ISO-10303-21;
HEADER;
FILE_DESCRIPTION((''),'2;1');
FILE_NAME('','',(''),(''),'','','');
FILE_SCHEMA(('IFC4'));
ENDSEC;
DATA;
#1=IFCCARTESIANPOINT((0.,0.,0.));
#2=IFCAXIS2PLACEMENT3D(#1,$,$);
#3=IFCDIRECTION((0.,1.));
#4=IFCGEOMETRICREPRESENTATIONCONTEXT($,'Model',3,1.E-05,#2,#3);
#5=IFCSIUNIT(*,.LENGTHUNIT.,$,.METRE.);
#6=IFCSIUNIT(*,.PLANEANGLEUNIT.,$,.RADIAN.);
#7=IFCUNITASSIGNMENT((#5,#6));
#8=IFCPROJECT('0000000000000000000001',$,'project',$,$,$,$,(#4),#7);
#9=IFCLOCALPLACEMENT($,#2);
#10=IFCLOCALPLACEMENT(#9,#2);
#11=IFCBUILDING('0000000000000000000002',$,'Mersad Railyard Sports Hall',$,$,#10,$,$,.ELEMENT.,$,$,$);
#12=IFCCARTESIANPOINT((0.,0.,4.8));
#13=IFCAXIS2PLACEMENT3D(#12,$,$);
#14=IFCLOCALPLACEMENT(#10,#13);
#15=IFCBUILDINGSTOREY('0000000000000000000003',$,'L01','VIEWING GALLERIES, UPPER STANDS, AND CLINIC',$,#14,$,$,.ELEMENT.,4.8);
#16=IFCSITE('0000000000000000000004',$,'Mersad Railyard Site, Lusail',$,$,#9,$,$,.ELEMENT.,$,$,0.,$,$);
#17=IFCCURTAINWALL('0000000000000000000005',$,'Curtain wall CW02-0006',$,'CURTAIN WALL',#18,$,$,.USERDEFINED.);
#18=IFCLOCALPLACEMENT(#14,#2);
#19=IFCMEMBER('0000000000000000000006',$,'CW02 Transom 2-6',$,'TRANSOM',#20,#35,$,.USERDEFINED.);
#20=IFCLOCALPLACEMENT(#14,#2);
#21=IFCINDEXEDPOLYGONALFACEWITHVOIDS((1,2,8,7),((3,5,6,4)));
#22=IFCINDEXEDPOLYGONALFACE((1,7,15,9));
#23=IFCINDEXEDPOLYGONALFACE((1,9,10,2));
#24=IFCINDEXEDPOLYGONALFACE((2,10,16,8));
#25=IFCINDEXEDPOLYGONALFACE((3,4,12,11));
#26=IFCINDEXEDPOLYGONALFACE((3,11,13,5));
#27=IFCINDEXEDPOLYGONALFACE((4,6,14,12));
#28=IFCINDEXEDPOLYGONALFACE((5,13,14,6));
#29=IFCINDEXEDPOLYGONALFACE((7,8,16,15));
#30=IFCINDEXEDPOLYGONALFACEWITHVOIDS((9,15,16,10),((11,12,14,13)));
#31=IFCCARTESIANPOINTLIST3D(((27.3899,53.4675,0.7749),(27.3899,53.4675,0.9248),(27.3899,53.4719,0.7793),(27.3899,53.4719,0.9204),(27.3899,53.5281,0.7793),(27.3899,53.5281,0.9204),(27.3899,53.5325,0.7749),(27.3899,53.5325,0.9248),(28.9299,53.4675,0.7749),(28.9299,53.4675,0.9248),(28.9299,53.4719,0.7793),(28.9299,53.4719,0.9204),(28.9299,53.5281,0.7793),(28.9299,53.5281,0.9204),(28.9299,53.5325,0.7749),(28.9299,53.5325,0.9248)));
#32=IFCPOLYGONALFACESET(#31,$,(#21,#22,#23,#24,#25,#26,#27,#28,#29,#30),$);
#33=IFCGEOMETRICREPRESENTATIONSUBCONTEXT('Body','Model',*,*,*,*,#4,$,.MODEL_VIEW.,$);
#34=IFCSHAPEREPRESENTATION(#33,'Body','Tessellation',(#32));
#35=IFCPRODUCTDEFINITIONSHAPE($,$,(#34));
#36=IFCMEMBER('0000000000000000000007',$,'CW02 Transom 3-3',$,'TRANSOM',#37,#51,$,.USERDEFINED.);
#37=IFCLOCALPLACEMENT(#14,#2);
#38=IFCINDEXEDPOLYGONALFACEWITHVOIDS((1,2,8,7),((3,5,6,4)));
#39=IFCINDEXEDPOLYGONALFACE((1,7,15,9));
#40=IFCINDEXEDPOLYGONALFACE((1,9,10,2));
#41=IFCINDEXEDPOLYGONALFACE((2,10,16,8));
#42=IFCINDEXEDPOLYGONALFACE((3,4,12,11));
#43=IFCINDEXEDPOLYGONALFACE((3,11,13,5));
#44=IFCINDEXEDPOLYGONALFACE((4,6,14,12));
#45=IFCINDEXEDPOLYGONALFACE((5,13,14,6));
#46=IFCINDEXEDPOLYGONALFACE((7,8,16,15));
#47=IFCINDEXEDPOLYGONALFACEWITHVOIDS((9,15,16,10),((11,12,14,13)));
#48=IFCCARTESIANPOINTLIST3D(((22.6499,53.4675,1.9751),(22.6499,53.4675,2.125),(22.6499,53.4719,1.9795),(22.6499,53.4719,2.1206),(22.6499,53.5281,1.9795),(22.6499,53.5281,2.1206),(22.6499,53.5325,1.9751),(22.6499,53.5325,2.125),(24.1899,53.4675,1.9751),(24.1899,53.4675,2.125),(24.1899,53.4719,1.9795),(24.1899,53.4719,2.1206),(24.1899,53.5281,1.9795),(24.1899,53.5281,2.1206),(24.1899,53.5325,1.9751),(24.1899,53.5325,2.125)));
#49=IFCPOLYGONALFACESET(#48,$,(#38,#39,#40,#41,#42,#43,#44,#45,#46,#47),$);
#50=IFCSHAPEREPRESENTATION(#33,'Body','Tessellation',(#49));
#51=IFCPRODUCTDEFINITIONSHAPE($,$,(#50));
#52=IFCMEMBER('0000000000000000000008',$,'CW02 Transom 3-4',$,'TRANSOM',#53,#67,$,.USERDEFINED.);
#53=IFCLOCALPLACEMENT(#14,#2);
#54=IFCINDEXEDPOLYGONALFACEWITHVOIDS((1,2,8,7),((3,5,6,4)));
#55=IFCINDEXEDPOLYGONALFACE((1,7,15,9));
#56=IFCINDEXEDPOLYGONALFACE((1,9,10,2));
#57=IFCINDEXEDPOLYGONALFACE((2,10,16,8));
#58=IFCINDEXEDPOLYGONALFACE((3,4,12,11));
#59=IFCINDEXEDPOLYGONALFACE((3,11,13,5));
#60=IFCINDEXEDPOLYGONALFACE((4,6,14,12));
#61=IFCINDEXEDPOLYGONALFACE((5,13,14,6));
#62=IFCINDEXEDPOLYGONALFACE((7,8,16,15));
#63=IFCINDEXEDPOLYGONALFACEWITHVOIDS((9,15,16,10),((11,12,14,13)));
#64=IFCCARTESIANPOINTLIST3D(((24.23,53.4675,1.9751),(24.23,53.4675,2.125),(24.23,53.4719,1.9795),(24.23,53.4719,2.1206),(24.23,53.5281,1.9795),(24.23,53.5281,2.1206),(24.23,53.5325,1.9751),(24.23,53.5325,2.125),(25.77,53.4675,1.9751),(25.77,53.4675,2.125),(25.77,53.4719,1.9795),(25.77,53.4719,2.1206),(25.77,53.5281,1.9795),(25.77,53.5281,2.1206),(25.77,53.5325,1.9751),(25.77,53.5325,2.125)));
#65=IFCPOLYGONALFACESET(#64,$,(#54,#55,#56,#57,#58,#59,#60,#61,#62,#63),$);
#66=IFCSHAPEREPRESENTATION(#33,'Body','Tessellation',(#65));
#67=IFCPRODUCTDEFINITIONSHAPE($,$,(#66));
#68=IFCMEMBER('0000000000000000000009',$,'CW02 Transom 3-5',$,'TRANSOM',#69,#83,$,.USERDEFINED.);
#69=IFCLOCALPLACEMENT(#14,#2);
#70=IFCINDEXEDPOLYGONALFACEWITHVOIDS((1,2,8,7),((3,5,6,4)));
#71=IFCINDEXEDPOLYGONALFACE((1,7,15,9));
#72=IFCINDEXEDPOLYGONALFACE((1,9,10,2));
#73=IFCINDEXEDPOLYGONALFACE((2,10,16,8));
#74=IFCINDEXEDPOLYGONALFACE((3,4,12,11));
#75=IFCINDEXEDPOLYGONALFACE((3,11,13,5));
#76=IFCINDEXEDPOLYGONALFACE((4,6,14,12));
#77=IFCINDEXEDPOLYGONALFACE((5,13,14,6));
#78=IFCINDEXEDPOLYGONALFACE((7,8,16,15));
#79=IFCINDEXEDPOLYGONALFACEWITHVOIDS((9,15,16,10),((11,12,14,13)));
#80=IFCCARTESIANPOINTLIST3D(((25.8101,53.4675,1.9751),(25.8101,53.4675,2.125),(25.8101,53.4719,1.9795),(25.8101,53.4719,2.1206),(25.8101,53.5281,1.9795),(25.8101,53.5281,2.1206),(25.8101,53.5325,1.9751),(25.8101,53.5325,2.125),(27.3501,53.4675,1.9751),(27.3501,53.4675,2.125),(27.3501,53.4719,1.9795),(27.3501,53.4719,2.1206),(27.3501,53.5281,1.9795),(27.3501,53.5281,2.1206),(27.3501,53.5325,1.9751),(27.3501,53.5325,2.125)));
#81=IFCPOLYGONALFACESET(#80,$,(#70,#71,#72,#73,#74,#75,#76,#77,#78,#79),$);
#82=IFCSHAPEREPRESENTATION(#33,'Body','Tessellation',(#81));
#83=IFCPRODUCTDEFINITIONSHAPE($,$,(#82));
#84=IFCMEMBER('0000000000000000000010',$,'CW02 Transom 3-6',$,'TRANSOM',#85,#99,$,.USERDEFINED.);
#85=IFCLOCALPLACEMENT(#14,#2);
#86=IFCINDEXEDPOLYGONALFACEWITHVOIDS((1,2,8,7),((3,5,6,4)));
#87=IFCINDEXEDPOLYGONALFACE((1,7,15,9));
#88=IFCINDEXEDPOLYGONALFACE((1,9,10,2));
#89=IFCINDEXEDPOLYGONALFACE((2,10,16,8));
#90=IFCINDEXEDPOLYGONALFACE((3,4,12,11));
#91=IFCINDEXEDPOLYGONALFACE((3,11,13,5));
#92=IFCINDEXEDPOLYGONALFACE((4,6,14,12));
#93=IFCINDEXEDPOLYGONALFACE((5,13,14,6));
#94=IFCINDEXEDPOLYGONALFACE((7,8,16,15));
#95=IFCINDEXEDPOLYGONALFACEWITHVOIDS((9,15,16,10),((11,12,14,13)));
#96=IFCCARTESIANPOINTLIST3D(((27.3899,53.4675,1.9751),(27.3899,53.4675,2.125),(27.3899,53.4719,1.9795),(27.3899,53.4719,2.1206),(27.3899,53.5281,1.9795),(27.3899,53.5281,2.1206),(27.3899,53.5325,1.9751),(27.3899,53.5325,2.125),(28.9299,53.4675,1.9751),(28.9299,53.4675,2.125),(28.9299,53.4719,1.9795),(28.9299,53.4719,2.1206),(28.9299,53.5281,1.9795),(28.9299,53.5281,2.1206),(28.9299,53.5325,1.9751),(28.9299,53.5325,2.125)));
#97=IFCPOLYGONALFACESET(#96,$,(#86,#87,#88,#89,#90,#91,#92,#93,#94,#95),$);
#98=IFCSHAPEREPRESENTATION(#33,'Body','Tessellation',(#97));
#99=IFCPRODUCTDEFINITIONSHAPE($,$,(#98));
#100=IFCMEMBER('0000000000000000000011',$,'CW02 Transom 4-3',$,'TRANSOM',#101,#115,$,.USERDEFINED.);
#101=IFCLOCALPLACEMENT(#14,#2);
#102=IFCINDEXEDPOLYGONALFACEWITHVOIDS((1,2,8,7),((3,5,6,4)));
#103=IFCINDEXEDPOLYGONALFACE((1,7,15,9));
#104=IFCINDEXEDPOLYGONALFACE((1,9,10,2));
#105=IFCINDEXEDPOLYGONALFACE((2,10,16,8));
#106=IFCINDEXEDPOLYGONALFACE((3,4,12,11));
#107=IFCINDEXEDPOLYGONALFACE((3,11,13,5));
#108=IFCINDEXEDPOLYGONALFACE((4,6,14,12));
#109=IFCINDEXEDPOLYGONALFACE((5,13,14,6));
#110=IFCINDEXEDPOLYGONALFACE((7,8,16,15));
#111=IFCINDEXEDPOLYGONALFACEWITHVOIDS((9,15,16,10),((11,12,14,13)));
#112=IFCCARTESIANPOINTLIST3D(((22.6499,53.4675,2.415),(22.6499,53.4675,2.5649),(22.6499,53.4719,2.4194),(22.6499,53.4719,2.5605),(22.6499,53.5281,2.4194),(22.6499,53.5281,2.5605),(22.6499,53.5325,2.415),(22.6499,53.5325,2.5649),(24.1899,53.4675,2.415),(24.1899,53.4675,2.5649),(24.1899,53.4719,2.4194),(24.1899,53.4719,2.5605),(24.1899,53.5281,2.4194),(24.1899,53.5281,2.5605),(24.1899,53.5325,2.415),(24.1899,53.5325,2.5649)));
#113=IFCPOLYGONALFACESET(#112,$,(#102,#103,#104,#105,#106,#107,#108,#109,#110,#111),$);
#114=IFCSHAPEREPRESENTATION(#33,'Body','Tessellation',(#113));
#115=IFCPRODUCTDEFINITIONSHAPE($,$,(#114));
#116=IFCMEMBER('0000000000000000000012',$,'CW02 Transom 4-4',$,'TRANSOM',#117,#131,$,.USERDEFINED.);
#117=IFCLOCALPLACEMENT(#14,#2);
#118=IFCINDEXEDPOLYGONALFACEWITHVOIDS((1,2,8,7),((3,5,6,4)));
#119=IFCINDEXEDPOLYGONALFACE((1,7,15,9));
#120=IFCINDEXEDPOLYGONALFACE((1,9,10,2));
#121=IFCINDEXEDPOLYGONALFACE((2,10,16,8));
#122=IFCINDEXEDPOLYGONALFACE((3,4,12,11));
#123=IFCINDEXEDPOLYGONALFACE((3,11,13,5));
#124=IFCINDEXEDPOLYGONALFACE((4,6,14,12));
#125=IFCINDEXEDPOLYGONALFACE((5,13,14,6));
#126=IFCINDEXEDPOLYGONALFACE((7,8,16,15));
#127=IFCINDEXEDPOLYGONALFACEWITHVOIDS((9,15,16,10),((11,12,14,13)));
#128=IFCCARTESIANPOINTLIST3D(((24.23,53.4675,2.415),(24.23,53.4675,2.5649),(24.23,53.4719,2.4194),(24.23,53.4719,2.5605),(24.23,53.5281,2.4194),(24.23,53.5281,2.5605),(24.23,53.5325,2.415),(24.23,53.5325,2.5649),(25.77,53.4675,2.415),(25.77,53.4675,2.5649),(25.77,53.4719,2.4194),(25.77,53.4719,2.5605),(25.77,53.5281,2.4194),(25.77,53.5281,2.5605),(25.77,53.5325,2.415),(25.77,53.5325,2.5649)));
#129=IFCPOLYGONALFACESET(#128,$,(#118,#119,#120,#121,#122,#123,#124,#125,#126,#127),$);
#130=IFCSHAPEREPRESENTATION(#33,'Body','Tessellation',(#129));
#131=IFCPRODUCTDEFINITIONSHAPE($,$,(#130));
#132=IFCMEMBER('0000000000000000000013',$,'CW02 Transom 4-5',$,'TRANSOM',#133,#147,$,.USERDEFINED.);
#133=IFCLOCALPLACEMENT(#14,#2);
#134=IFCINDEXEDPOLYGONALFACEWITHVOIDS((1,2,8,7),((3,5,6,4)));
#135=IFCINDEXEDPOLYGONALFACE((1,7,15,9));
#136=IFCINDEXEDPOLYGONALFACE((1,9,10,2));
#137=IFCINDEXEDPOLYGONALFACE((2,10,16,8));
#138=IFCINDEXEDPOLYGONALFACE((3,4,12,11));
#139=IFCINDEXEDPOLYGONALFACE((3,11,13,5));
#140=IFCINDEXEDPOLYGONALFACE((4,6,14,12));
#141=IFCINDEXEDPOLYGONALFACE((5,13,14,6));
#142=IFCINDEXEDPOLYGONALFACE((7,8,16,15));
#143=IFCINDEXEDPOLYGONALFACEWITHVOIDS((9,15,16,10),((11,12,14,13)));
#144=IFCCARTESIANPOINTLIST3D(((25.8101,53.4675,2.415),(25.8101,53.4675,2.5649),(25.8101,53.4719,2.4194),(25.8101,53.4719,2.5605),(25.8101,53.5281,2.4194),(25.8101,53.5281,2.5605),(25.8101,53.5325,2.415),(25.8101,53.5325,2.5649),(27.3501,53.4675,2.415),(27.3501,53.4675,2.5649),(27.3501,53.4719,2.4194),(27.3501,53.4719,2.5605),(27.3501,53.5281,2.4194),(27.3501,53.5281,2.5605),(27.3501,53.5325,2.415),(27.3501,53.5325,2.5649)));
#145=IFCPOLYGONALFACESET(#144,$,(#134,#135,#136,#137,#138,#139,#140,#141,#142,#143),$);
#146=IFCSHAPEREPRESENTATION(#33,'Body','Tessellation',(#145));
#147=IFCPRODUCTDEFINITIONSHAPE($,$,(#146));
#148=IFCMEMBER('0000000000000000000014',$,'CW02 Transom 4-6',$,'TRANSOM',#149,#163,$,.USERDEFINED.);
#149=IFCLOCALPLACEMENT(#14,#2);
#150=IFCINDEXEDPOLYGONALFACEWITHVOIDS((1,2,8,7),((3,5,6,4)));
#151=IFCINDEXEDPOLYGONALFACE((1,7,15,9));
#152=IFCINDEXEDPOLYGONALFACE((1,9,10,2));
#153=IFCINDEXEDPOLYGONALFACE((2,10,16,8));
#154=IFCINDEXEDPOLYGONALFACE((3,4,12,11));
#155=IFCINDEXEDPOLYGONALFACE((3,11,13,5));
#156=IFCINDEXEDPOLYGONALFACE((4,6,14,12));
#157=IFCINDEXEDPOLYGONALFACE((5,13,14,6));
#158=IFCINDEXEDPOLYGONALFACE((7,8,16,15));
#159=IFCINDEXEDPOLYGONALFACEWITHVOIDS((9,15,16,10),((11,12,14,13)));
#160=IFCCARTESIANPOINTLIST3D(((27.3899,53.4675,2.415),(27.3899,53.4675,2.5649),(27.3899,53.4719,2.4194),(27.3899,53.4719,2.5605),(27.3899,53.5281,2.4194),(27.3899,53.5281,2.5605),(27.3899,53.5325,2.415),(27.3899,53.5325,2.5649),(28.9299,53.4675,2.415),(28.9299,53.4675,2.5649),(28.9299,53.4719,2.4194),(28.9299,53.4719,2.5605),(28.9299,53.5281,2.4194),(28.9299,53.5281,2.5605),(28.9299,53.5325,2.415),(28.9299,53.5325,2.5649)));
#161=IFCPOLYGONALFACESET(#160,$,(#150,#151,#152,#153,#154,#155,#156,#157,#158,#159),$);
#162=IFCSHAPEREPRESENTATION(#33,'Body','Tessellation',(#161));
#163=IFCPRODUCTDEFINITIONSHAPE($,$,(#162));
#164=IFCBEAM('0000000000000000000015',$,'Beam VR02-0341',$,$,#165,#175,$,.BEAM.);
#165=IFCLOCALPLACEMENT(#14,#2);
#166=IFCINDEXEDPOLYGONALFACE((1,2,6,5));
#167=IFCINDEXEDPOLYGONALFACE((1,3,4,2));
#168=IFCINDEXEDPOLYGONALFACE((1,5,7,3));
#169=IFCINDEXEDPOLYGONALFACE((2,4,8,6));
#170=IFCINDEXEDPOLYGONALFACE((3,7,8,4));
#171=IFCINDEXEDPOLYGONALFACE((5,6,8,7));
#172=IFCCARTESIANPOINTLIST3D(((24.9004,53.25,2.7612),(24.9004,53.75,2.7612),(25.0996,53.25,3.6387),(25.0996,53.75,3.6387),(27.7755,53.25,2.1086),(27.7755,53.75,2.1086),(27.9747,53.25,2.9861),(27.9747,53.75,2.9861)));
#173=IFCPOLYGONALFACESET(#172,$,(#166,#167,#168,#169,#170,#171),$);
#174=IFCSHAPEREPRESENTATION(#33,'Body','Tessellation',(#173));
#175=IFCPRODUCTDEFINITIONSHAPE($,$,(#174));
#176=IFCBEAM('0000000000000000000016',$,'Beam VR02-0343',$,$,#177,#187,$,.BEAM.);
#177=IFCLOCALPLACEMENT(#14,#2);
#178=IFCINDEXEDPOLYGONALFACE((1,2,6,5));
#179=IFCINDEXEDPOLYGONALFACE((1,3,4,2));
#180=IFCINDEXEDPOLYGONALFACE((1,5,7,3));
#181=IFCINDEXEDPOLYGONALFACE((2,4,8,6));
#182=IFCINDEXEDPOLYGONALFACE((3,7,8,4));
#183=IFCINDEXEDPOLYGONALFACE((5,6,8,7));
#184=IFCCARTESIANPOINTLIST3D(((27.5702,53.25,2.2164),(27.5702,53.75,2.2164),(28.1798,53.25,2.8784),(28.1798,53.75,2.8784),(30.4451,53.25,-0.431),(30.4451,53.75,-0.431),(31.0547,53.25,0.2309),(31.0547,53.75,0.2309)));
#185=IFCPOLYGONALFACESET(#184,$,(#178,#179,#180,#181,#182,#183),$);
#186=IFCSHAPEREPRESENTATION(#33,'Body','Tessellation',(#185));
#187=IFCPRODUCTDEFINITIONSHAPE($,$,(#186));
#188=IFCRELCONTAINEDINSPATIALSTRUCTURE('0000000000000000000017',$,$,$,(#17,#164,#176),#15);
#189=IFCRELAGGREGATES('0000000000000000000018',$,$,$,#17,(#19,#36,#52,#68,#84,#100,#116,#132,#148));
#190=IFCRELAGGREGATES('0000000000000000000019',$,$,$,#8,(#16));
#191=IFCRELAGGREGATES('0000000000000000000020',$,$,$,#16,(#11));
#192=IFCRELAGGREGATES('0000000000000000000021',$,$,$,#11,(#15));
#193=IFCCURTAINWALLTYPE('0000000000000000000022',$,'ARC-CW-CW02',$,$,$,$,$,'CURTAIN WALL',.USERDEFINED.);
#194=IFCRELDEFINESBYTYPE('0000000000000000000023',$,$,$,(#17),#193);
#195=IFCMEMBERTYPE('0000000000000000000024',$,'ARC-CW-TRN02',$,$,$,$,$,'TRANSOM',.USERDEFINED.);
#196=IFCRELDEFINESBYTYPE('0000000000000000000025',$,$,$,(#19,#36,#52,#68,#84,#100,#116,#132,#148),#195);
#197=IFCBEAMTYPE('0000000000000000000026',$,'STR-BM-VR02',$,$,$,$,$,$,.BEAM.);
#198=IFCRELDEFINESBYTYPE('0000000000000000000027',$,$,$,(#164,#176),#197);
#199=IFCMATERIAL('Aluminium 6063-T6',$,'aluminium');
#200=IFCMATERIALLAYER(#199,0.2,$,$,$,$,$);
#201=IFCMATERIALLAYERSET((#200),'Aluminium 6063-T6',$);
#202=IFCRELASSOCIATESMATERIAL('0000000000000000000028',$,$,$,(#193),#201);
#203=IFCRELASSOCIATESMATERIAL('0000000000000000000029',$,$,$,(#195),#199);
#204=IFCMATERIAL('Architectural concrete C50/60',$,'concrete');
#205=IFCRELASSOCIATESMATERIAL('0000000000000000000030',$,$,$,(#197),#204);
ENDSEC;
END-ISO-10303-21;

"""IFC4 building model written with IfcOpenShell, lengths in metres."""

from ifc_helpers import new_model, si_unit, direction, frame, origin, origin_2d, place, context, subcontext, project, spatial, rectangle, hollow_rectangle, extrude, material, layer, layer_set, material_profile, profile_set, type_object, element, aggregate, save


model = new_model("IFC4")

# Units and contexts
model_context = context("Model", 3, precision=1e-05, world=origin(), true_north=direction((0.0, 1.0)))
body_context = subcontext(model_context, "Body", "Model", "MODEL_VIEW")
ifc_project = project(units=[si_unit("LENGTHUNIT", "METRE"), si_unit("PLANEANGLEUNIT", "RADIAN")], contexts=[model_context])

# Site, building, storey
site_placement = place(None, origin())
site = spatial("IfcSite", under=ifc_project, at=site_placement, Name="Mersad Railyard Site, Lusail", CompositionType="ELEMENT", RefElevation=0.0)
building_placement = place(site_placement, origin())
building = spatial("IfcBuilding", under=site, at=building_placement, Name="Mersad Railyard Sports Hall", CompositionType="ELEMENT")
storey_placement = place(building_placement, frame((0.0, 0.0, 4.8)))
storey = spatial("IfcBuildingStorey", under=building, at=storey_placement, Name="L01", Description="VIEWING GALLERIES, UPPER STANDS, AND CLINIC", CompositionType="ELEMENT", Elevation=4.8)

# Curtain wall, members
ifc_material_1 = material(Name="Aluminium 6063-T6", Category="aluminium")
ifc_layer_1 = layer(ifc_material_1, 0.2)
ifc_layer_set_1 = layer_set([ifc_layer_1], Name="Aluminium 6063-T6")
curtain_wall_type = type_object("IfcCurtainWallType", Name="ARC-CW-CW02", ElementType="CURTAIN WALL", PredefinedType="USERDEFINED", material=ifc_layer_set_1)
curtain_wall_placement = place(storey_placement, origin())
curtain_wall = element("IfcCurtainWall", 1, at=curtain_wall_placement, inside=storey, type_object=curtain_wall_type, Name="Curtain wall CW02-0006", ObjectType="CURTAIN WALL", PredefinedType="USERDEFINED")
ifc_material_profile_1 = material_profile(ifc_material_1, hollow_rectangle(XDim=0.0649, YDim=0.1499, WallThickness=0.0044, at=origin_2d()), Name="AL TRANSOM 65x150x4.5")
ifc_profile_set_1 = profile_set([ifc_material_profile_1], Name="Aluminium 6063-T6")
member_type_1 = type_object("IfcMemberType", Name="ARC-CW-TRN02", ElementType="TRANSOM", PredefinedType="USERDEFINED", material=ifc_profile_set_1)
member_1_placement = place(storey_placement, frame((27.3899, 53.5, 0.8499), z_axis=(1.0, 0.0, 0.0), x_axis=(0.0, 1.0, 0.0)))
member_1 = element("IfcMember", 2, at=member_1_placement, type_object=member_type_1, Name="CW02 Transom 2-6", ObjectType="TRANSOM", PredefinedType="USERDEFINED", context=body_context, shape_type="SweptSolid", body=[
    extrude(hollow_rectangle(XDim=0.0649, YDim=0.1499, WallThickness=0.0044, at=origin_2d()), origin(), (0.0, 0.0, 1.0), 1.54),
])
member_2_placement = place(storey_placement, frame((22.6499, 53.5, 2.05), z_axis=(1.0, 0.0, 0.0), x_axis=(0.0, 1.0, 0.0)))
member_2 = element("IfcMember", 3, at=member_2_placement, type_object=member_type_1, Name="CW02 Transom 3-3", ObjectType="TRANSOM", PredefinedType="USERDEFINED", context=body_context, shape_type="SweptSolid", body=[
    extrude(hollow_rectangle(XDim=0.0649, YDim=0.1499, WallThickness=0.0044, at=origin_2d()), origin(), (0.0, 0.0, 1.0), 1.54),
])
member_3_placement = place(storey_placement, frame((24.23, 53.5, 2.05), z_axis=(1.0, 0.0, 0.0), x_axis=(0.0, 1.0, 0.0)))
member_3 = element("IfcMember", 4, at=member_3_placement, type_object=member_type_1, Name="CW02 Transom 3-4", ObjectType="TRANSOM", PredefinedType="USERDEFINED", context=body_context, shape_type="SweptSolid", body=[
    extrude(hollow_rectangle(XDim=0.0649, YDim=0.1499, WallThickness=0.0044, at=origin_2d()), origin(), (0.0, 0.0, 1.0), 1.54),
])
member_4_placement = place(storey_placement, frame((25.8101, 53.5, 2.05), z_axis=(1.0, 0.0, 0.0), x_axis=(0.0, 1.0, 0.0)))
member_4 = element("IfcMember", 5, at=member_4_placement, type_object=member_type_1, Name="CW02 Transom 3-5", ObjectType="TRANSOM", PredefinedType="USERDEFINED", context=body_context, shape_type="SweptSolid", body=[
    extrude(hollow_rectangle(XDim=0.0649, YDim=0.1499, WallThickness=0.0044, at=origin_2d()), origin(), (0.0, 0.0, 1.0), 1.54),
])
member_5_placement = place(storey_placement, frame((27.3899, 53.5, 2.05), z_axis=(1.0, 0.0, 0.0), x_axis=(0.0, 1.0, 0.0)))
member_5 = element("IfcMember", 6, at=member_5_placement, type_object=member_type_1, Name="CW02 Transom 3-6", ObjectType="TRANSOM", PredefinedType="USERDEFINED", context=body_context, shape_type="SweptSolid", body=[
    extrude(hollow_rectangle(XDim=0.0649, YDim=0.1499, WallThickness=0.0044, at=origin_2d()), origin(), (0.0, 0.0, 1.0), 1.54),
])
member_6_placement = place(storey_placement, frame((22.6499, 53.5, 2.49), z_axis=(1.0, 0.0, 0.0), x_axis=(0.0, 1.0, 0.0)))
member_6 = element("IfcMember", 7, at=member_6_placement, type_object=member_type_1, Name="CW02 Transom 4-3", ObjectType="TRANSOM", PredefinedType="USERDEFINED", context=body_context, shape_type="SweptSolid", body=[
    extrude(hollow_rectangle(XDim=0.0649, YDim=0.1499, WallThickness=0.0044, at=origin_2d()), origin(), (0.0, 0.0, 1.0), 1.54),
])
member_7_placement = place(storey_placement, frame((24.23, 53.5, 2.49), z_axis=(1.0, 0.0, 0.0), x_axis=(0.0, 1.0, 0.0)))
member_7 = element("IfcMember", 8, at=member_7_placement, type_object=member_type_1, Name="CW02 Transom 4-4", ObjectType="TRANSOM", PredefinedType="USERDEFINED", context=body_context, shape_type="SweptSolid", body=[
    extrude(hollow_rectangle(XDim=0.0649, YDim=0.1499, WallThickness=0.0044, at=origin_2d()), origin(), (0.0, 0.0, 1.0), 1.54),
])
member_8_placement = place(storey_placement, frame((25.8101, 53.5, 2.49), z_axis=(1.0, 0.0, 0.0), x_axis=(0.0, 1.0, 0.0)))
member_8 = element("IfcMember", 9, at=member_8_placement, type_object=member_type_1, Name="CW02 Transom 4-5", ObjectType="TRANSOM", PredefinedType="USERDEFINED", context=body_context, shape_type="SweptSolid", body=[
    extrude(hollow_rectangle(XDim=0.0649, YDim=0.1499, WallThickness=0.0044, at=origin_2d()), origin(), (0.0, 0.0, 1.0), 1.54),
])
member_9_placement = place(storey_placement, frame((27.3899, 53.5, 2.49), z_axis=(1.0, 0.0, 0.0), x_axis=(0.0, 1.0, 0.0)))
member_9 = element("IfcMember", 10, at=member_9_placement, type_object=member_type_1, Name="CW02 Transom 4-6", ObjectType="TRANSOM", PredefinedType="USERDEFINED", context=body_context, shape_type="SweptSolid", body=[
    extrude(hollow_rectangle(XDim=0.0649, YDim=0.1499, WallThickness=0.0044, at=origin_2d()), origin(), (0.0, 0.0, 1.0), 1.54),
])

# Beams
ifc_material_2 = material(Name="Architectural concrete C50/60", Category="concrete")
ifc_material_profile_2 = material_profile(ifc_material_2, rectangle(XDim=0.5, YDim=0.8999, at=origin_2d()), Name="VR 500x900")
ifc_profile_set_2 = profile_set([ifc_material_profile_2], Name="Architectural concrete C50/60")
beam_type = type_object("IfcBeamType", Name="STR-BM-VR02", PredefinedType="BEAM", material=ifc_profile_set_2)
beam_1_placement = place(storey_placement, frame((25.0, 53.5, 3.2), z_axis=(0.975193, 0.0, -0.221356), x_axis=(0.0, 1.0, 0.0)))
element("IfcBeam", 11, at=beam_1_placement, inside=storey, type_object=beam_type, Name="Beam VR02-0341", PredefinedType="BEAM", context=body_context, shape_type="SweptSolid", body=[
    extrude(rectangle(XDim=0.5, YDim=0.8999, at=origin_2d()), origin(), (0.0, 0.0, 1.0), 2.9482),
])
beam_2_placement = place(storey_placement, frame((27.875, 53.5, 2.5474), z_axis=(0.735617, 0.0, -0.677397), x_axis=(0.0, 1.0, 0.0)))
element("IfcBeam", 12, at=beam_2_placement, inside=storey, type_object=beam_type, Name="Beam VR02-0343", PredefinedType="BEAM", context=body_context, shape_type="SweptSolid", body=[
    extrude(rectangle(XDim=0.5, YDim=0.8999, at=origin_2d()), origin(), (0.0, 0.0, 1.0), 3.9082),
])

aggregate(curtain_wall, [member_1, member_2, member_3, member_4, member_5, member_6, member_7, member_8, member_9])

save(model, "model.ifc")
